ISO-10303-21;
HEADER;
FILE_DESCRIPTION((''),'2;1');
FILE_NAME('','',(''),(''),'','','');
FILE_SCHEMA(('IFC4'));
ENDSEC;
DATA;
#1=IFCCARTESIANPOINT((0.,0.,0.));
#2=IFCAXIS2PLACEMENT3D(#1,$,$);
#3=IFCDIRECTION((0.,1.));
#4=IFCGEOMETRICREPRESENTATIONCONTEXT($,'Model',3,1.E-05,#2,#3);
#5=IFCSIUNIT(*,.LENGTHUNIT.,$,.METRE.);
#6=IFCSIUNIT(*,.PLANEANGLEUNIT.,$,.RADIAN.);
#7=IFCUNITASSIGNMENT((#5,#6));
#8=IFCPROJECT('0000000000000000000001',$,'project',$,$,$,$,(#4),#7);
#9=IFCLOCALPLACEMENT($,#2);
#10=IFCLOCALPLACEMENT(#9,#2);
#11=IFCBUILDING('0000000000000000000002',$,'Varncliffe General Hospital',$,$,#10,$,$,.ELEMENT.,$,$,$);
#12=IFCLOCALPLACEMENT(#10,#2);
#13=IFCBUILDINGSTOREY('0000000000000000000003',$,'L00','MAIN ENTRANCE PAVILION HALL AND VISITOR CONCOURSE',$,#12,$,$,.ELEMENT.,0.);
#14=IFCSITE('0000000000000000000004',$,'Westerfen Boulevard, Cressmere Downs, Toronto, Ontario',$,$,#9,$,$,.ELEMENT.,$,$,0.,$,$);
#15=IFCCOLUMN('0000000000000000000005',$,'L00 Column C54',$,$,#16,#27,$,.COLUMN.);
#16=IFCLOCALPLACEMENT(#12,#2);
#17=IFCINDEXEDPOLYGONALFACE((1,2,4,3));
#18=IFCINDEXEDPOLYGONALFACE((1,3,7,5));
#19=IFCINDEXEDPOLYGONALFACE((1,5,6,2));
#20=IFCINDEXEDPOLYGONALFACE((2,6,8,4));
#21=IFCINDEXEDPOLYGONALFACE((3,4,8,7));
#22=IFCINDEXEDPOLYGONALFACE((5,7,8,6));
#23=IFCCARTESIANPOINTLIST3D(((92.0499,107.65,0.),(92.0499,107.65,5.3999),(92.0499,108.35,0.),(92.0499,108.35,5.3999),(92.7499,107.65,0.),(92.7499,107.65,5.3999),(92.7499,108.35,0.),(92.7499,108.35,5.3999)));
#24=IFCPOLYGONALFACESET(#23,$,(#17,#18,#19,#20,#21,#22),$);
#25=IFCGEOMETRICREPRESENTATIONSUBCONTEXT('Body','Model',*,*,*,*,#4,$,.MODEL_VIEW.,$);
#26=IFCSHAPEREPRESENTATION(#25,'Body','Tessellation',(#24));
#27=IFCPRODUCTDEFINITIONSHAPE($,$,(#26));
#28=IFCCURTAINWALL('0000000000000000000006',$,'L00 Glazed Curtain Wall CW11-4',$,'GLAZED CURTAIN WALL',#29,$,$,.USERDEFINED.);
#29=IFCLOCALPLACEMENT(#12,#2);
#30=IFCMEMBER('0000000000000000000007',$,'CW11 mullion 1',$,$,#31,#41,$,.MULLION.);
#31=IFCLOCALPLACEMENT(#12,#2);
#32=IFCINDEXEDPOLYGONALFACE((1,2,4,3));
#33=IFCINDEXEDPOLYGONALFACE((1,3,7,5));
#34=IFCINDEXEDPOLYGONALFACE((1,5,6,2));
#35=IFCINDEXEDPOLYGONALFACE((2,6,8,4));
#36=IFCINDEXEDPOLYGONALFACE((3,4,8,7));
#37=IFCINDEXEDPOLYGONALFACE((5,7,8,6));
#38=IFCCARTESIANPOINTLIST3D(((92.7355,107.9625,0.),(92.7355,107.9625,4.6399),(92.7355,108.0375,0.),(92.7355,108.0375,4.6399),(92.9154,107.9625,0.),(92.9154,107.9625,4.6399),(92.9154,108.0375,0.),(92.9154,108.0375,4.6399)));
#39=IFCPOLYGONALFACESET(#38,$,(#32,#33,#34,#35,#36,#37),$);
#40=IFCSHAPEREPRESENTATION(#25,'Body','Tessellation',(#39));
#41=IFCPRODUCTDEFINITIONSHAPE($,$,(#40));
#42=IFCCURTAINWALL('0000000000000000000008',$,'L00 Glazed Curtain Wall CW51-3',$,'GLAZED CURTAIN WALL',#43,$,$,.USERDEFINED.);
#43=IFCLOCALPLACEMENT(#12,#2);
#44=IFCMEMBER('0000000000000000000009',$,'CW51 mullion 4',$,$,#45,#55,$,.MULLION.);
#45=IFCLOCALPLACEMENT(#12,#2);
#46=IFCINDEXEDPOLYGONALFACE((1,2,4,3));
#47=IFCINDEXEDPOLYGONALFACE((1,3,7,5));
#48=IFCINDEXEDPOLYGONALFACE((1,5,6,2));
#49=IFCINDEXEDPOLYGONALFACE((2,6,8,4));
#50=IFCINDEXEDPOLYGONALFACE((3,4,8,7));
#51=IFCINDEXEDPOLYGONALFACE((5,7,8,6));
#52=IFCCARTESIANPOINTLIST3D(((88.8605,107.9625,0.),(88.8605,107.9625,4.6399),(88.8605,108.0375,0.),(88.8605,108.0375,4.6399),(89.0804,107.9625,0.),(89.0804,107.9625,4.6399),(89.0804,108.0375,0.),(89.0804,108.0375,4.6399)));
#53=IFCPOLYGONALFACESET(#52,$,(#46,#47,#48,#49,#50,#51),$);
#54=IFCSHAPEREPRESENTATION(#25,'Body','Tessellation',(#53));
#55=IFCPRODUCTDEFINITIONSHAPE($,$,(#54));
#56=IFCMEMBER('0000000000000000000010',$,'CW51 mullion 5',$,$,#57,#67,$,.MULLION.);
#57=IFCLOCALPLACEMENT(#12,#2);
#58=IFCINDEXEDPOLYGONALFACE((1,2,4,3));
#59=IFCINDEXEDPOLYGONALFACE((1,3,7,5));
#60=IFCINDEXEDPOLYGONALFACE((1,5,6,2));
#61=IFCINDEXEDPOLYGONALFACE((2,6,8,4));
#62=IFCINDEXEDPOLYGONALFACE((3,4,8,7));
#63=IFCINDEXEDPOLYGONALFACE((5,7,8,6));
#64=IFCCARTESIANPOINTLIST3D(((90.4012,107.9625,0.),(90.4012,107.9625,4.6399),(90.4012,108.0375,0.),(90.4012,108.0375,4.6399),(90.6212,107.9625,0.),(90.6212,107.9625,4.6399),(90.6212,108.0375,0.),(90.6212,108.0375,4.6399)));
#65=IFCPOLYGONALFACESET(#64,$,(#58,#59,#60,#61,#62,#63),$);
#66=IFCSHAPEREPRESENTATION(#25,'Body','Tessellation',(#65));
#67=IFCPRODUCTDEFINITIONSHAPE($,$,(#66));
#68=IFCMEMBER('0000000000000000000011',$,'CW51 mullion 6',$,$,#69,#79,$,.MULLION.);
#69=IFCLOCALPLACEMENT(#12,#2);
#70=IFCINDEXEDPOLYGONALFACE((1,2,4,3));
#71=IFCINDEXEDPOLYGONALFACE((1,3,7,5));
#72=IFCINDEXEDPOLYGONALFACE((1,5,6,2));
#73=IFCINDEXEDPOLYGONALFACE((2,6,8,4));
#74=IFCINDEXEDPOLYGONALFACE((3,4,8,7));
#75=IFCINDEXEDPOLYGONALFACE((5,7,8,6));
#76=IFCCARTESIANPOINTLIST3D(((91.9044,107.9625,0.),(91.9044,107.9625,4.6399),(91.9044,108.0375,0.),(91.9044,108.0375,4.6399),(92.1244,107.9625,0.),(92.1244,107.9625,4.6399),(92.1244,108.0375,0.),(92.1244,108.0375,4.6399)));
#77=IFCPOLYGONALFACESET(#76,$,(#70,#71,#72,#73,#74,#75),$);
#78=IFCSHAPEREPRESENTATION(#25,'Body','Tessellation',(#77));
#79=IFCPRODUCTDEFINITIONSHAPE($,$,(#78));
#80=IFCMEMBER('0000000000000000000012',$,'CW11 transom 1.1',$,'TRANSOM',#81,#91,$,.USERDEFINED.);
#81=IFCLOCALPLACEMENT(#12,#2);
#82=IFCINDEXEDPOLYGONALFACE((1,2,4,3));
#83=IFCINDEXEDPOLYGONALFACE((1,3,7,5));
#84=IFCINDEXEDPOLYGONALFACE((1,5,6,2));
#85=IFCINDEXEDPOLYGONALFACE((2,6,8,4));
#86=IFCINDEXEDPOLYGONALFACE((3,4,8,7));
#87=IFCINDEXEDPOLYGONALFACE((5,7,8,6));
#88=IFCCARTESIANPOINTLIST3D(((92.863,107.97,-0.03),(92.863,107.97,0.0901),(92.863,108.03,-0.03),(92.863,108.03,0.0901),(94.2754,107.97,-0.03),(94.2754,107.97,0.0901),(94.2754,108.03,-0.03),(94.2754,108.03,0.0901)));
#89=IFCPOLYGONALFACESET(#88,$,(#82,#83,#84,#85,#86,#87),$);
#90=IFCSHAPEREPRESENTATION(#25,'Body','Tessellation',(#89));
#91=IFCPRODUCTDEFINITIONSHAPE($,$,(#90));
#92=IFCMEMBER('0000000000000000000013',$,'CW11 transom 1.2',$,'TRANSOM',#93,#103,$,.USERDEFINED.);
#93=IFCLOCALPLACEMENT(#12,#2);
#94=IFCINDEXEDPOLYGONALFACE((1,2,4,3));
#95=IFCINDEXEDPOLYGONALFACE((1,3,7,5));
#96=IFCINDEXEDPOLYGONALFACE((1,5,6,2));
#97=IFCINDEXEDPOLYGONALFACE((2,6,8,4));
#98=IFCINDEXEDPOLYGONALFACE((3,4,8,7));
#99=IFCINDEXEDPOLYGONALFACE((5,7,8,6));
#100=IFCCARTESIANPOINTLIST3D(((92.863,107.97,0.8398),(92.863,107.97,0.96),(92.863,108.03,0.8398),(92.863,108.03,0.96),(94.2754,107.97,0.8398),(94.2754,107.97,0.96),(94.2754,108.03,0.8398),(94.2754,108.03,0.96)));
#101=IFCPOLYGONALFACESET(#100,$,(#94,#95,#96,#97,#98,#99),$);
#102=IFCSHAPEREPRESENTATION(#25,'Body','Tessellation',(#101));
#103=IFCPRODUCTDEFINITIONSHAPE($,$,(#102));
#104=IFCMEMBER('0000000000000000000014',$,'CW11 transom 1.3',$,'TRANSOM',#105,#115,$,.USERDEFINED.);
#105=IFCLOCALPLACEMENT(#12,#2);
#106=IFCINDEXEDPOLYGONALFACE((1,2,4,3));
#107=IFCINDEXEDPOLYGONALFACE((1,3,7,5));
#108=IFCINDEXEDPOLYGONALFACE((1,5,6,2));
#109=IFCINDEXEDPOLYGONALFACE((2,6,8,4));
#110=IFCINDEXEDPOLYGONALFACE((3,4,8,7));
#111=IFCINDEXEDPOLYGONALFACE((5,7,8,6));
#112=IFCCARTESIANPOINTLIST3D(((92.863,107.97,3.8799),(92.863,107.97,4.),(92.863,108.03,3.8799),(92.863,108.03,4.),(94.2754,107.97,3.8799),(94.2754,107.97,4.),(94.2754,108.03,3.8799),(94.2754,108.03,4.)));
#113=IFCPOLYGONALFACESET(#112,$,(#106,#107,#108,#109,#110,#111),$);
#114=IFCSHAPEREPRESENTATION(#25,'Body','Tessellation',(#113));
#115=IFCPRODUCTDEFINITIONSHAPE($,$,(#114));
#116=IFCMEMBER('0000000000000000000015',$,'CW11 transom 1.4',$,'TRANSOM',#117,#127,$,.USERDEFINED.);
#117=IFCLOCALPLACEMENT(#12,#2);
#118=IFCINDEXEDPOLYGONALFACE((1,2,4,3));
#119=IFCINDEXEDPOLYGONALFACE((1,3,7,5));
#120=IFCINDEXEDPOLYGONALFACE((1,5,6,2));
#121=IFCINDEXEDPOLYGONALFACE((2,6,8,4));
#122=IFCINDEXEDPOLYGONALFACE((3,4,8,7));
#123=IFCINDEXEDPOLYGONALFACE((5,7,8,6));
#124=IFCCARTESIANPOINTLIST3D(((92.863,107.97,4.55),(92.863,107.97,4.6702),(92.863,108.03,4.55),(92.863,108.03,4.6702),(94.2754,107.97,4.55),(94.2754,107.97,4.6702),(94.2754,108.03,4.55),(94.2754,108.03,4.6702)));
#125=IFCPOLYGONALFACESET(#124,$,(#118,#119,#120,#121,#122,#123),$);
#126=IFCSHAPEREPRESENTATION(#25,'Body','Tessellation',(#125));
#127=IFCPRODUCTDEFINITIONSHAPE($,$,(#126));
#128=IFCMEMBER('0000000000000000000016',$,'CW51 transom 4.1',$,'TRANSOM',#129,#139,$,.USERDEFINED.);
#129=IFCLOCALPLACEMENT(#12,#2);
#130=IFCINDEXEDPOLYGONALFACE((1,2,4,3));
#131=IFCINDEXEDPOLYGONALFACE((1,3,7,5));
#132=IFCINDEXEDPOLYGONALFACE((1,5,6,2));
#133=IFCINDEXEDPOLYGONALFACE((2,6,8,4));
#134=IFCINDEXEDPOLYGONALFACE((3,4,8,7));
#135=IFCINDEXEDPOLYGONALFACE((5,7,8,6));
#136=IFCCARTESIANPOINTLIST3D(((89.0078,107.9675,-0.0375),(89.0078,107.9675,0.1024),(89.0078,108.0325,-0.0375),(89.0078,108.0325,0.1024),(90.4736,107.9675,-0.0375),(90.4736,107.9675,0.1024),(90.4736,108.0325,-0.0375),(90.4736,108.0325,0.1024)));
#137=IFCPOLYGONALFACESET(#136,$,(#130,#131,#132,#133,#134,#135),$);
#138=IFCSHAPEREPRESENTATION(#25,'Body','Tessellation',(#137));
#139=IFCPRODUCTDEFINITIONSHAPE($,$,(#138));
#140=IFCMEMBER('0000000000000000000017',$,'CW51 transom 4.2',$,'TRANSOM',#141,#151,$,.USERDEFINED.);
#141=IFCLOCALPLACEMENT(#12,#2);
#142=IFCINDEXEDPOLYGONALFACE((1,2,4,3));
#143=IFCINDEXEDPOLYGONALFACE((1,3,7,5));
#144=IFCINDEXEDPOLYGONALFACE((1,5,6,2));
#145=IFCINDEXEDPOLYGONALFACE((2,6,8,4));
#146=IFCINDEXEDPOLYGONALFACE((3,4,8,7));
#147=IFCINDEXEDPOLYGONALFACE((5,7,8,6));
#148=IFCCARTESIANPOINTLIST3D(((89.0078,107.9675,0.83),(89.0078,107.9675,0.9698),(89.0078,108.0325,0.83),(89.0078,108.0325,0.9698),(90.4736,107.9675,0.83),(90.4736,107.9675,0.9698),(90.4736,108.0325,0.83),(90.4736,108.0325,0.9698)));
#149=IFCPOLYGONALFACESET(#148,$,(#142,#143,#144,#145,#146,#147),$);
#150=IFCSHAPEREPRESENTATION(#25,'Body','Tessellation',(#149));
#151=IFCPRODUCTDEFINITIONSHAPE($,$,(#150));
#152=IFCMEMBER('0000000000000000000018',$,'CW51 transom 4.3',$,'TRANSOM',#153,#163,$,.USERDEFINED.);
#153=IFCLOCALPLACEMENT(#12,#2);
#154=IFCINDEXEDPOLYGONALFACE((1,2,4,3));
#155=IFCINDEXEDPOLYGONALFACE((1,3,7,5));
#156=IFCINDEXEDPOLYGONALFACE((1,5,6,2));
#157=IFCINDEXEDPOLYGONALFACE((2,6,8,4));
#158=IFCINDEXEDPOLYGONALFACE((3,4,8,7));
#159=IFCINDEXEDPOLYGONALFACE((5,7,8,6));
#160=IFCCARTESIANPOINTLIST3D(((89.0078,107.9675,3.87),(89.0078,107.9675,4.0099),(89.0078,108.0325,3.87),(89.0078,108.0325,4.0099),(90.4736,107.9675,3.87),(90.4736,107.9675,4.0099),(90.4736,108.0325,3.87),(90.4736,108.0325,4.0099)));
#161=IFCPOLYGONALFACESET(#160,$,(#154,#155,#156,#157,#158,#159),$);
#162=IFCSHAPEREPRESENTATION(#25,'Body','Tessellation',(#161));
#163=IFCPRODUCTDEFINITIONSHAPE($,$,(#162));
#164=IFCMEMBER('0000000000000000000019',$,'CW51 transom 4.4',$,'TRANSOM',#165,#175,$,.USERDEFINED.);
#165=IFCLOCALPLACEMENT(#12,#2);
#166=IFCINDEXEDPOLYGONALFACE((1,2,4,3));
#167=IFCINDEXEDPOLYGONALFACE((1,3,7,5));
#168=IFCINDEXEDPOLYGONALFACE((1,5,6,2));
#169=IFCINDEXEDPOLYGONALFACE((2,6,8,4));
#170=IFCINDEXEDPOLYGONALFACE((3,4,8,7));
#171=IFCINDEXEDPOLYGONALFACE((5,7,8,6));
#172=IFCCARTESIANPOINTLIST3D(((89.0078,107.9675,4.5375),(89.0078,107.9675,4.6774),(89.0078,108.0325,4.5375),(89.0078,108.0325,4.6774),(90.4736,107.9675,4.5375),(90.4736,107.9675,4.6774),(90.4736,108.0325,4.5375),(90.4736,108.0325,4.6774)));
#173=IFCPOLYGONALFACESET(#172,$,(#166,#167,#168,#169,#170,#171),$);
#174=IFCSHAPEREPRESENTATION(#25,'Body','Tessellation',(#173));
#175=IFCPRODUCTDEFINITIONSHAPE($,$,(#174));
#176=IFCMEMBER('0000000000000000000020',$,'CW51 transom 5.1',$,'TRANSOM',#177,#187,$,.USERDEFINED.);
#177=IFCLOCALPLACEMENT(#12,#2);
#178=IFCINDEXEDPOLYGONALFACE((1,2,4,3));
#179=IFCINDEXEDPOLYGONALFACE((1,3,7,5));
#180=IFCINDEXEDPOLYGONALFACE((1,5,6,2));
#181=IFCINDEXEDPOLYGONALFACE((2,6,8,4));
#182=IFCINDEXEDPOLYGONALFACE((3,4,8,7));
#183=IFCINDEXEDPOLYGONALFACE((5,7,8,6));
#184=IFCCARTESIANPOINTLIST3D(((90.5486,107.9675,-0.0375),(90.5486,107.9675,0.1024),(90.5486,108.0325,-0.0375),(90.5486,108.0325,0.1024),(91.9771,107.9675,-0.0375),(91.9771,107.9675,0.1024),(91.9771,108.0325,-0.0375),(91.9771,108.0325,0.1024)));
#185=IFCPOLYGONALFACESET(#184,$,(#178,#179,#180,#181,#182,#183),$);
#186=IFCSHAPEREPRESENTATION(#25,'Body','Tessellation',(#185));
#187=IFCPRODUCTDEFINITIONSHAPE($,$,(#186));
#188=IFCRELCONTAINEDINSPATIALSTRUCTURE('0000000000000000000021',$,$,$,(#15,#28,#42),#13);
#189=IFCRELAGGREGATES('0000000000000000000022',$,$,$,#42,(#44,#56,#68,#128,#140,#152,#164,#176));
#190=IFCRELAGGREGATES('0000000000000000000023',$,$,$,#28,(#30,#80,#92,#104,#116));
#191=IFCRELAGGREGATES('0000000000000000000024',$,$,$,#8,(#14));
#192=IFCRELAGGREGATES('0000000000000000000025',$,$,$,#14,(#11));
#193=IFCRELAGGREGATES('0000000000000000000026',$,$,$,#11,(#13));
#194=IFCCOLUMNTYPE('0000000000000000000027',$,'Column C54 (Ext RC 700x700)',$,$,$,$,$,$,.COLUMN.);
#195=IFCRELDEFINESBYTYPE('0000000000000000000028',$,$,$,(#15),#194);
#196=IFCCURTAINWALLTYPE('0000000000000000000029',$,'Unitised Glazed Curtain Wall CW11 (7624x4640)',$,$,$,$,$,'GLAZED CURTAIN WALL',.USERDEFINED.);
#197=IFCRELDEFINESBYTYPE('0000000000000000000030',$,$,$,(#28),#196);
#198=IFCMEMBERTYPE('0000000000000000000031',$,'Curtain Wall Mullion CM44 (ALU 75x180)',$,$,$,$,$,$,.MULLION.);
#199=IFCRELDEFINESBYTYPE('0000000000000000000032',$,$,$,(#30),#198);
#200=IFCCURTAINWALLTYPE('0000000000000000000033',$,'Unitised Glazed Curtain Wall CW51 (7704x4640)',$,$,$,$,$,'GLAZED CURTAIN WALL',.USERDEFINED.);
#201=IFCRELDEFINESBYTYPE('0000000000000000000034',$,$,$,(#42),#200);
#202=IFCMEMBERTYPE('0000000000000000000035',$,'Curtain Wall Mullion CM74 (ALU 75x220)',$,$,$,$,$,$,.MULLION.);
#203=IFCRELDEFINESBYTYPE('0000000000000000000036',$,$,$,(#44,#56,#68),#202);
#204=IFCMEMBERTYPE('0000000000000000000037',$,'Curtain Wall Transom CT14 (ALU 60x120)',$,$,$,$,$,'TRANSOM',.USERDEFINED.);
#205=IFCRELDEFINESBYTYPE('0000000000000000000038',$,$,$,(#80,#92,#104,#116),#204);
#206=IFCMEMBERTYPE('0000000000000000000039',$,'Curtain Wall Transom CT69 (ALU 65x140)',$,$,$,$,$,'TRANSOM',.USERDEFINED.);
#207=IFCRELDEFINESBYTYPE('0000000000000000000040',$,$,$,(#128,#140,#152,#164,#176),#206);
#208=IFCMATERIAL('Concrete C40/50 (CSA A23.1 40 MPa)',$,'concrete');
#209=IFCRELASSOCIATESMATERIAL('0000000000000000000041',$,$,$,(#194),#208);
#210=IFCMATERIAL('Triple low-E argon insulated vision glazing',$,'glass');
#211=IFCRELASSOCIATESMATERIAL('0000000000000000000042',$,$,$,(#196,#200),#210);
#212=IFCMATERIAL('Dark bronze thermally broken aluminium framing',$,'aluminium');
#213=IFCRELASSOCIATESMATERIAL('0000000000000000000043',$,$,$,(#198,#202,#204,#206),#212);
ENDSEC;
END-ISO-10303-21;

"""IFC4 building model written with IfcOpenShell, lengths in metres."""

from ifc_helpers import new_model, si_unit, direction, frame, origin, origin_2d, place, context, subcontext, project, spatial, rectangle, extrude, material, material_profile, profile_set, type_object, element, aggregate, save


model = new_model("IFC4")

# Units and contexts
model_context = context("Model", 3, precision=1e-05, world=origin(), true_north=direction((0.0, 1.0)))
body_context = subcontext(model_context, "Body", "Model", "MODEL_VIEW")
ifc_project = project(units=[si_unit("LENGTHUNIT", "METRE"), si_unit("PLANEANGLEUNIT", "RADIAN")], contexts=[model_context])

# Site, building, storey
site_placement = place(None, origin())
site = spatial("IfcSite", under=ifc_project, at=site_placement, Name="Westerfen Boulevard, Cressmere Downs, Toronto, Ontario", CompositionType="ELEMENT", RefElevation=0.0)
building_placement = place(site_placement, origin())
building = spatial("IfcBuilding", under=site, at=building_placement, Name="Varncliffe General Hospital", CompositionType="ELEMENT")
storey_placement = place(building_placement, origin())
storey = spatial("IfcBuildingStorey", under=building, at=storey_placement, Name="L00", Description="MAIN ENTRANCE PAVILION HALL AND VISITOR CONCOURSE", CompositionType="ELEMENT", Elevation=0.0)

# Column
ifc_material_1 = material(Name="Concrete C40/50 (CSA A23.1 40 MPa)", Category="concrete")
ifc_material_profile_1 = material_profile(ifc_material_1, rectangle(XDim=0.7, YDim=0.7, at=origin_2d()), Name="RC 700x700")
ifc_profile_set_1 = profile_set([ifc_material_profile_1], Name="Concrete C40/50 (CSA A23.1 40 MPa)")
column_type = type_object("IfcColumnType", Name="Column C54 (Ext RC 700x700)", PredefinedType="COLUMN", material=ifc_profile_set_1)
column_placement = place(storey_placement, frame((92.3999, 108.0, 0.0), z_axis=(0.0, 0.0, 1.0), x_axis=(1.0, 0.0, 0.0)))
element("IfcColumn", 1, at=column_placement, inside=storey, type_object=column_type, Name="L00 Column C54", PredefinedType="COLUMN", context=body_context, shape_type="SweptSolid", body=[
    extrude(rectangle(XDim=0.7, YDim=0.7, at=origin_2d()), origin(), (0.0, 0.0, 1.0), 5.3999),
])

# Curtain wall, member
ifc_material_2 = material(Name="Triple low-E argon insulated vision glazing", Category="glass")
curtain_wall_type_1 = type_object("IfcCurtainWallType", Name="Unitised Glazed Curtain Wall CW11 (7624x4640)", ElementType="GLAZED CURTAIN WALL", PredefinedType="USERDEFINED", material=ifc_material_2)
curtain_wall_1_placement = place(storey_placement, origin())
curtain_wall_1 = element("IfcCurtainWall", 2, at=curtain_wall_1_placement, inside=storey, type_object=curtain_wall_type_1, Name="L00 Glazed Curtain Wall CW11-4", ObjectType="GLAZED CURTAIN WALL", PredefinedType="USERDEFINED")
ifc_material_3 = material(Name="Dark bronze thermally broken aluminium framing", Category="aluminium")
ifc_material_profile_2 = material_profile(ifc_material_3, rectangle(XDim=0.075, YDim=0.1799, at=origin_2d()), Name="ALU 75x180")
ifc_profile_set_2 = profile_set([ifc_material_profile_2], Name="Dark bronze thermally broken aluminium framing")
member_type_1 = type_object("IfcMemberType", Name="Curtain Wall Mullion CM44 (ALU 75x180)", PredefinedType="MULLION", material=ifc_profile_set_2)
member_1_placement = place(storey_placement, frame((92.8254, 108.0, 0.0), z_axis=(0.0, 0.0, 1.0), x_axis=(0.0, 1.0, 0.0)))
member_1 = element("IfcMember", 3, at=member_1_placement, type_object=member_type_1, Name="CW11 mullion 1", PredefinedType="MULLION", context=body_context, shape_type="SweptSolid", body=[
    extrude(rectangle(XDim=0.075, YDim=0.1799, at=origin_2d()), origin(), (0.0, 0.0, 1.0), 4.6399),
])

# Curtain wall, members
curtain_wall_type_2 = type_object("IfcCurtainWallType", Name="Unitised Glazed Curtain Wall CW51 (7704x4640)", ElementType="GLAZED CURTAIN WALL", PredefinedType="USERDEFINED", material=ifc_material_2)
curtain_wall_2_placement = place(storey_placement, origin())
curtain_wall_2 = element("IfcCurtainWall", 4, at=curtain_wall_2_placement, inside=storey, type_object=curtain_wall_type_2, Name="L00 Glazed Curtain Wall CW51-3", ObjectType="GLAZED CURTAIN WALL", PredefinedType="USERDEFINED")
ifc_material_profile_3 = material_profile(ifc_material_3, rectangle(XDim=0.075, YDim=0.22, at=origin_2d()), Name="ALU 75x220")
ifc_profile_set_3 = profile_set([ifc_material_profile_3], Name="Dark bronze thermally broken aluminium framing")
member_type_2 = type_object("IfcMemberType", Name="Curtain Wall Mullion CM74 (ALU 75x220)", PredefinedType="MULLION", material=ifc_profile_set_3)
member_2_placement = place(storey_placement, frame((88.9705, 108.0, 0.0), z_axis=(0.0, 0.0, 1.0), x_axis=(0.0, 1.0, 0.0)))
member_2 = element("IfcMember", 5, at=member_2_placement, type_object=member_type_2, Name="CW51 mullion 4", PredefinedType="MULLION", context=body_context, shape_type="SweptSolid", body=[
    extrude(rectangle(XDim=0.075, YDim=0.22, at=origin_2d()), origin(), (0.0, 0.0, 1.0), 4.6399),
])
member_3_placement = place(storey_placement, frame((90.5112, 108.0, 0.0), z_axis=(0.0, 0.0, 1.0), x_axis=(0.0, 1.0, 0.0)))
member_3 = element("IfcMember", 6, at=member_3_placement, type_object=member_type_2, Name="CW51 mullion 5", PredefinedType="MULLION", context=body_context, shape_type="SweptSolid", body=[
    extrude(rectangle(XDim=0.075, YDim=0.22, at=origin_2d()), origin(), (0.0, 0.0, 1.0), 4.6399),
])
member_4_placement = place(storey_placement, frame((92.0144, 108.0, 0.0), z_axis=(0.0, 0.0, 1.0), x_axis=(0.0, 1.0, 0.0)))
member_4 = element("IfcMember", 7, at=member_4_placement, type_object=member_type_2, Name="CW51 mullion 6", PredefinedType="MULLION", context=body_context, shape_type="SweptSolid", body=[
    extrude(rectangle(XDim=0.075, YDim=0.22, at=origin_2d()), origin(), (0.0, 0.0, 1.0), 4.6399),
])

# Members
ifc_material_profile_4 = material_profile(ifc_material_3, rectangle(XDim=0.0601, YDim=0.1201, at=origin_2d()), Name="ALU 60x120")
ifc_profile_set_4 = profile_set([ifc_material_profile_4], Name="Dark bronze thermally broken aluminium framing")
member_type_3 = type_object("IfcMemberType", Name="Curtain Wall Transom CT14 (ALU 60x120)", ElementType="TRANSOM", PredefinedType="USERDEFINED", material=ifc_profile_set_4)
member_5_placement = place(storey_placement, frame((92.863, 108.0, 0.03), z_axis=(1.0, 0.0, 0.0), x_axis=(0.0, 1.0, 0.0)))
member_5 = element("IfcMember", 8, at=member_5_placement, type_object=member_type_3, Name="CW11 transom 1.1", ObjectType="TRANSOM", PredefinedType="USERDEFINED", context=body_context, shape_type="SweptSolid", body=[
    extrude(rectangle(XDim=0.0601, YDim=0.1201, at=origin_2d()), origin(), (0.0, 0.0, 1.0), 1.4124),
])
member_6_placement = place(storey_placement, frame((92.863, 108.0, 0.8999), z_axis=(1.0, 0.0, 0.0), x_axis=(0.0, 1.0, 0.0)))
member_6 = element("IfcMember", 9, at=member_6_placement, type_object=member_type_3, Name="CW11 transom 1.2", ObjectType="TRANSOM", PredefinedType="USERDEFINED", context=body_context, shape_type="SweptSolid", body=[
    extrude(rectangle(XDim=0.0601, YDim=0.1201, at=origin_2d()), origin(), (0.0, 0.0, 1.0), 1.4124),
])
member_7_placement = place(storey_placement, frame((92.863, 108.0, 3.9399), z_axis=(1.0, 0.0, 0.0), x_axis=(0.0, 1.0, 0.0)))
member_7 = element("IfcMember", 10, at=member_7_placement, type_object=member_type_3, Name="CW11 transom 1.3", ObjectType="TRANSOM", PredefinedType="USERDEFINED", context=body_context, shape_type="SweptSolid", body=[
    extrude(rectangle(XDim=0.0601, YDim=0.1201, at=origin_2d()), origin(), (0.0, 0.0, 1.0), 1.4124),
])
member_8_placement = place(storey_placement, frame((92.863, 108.0, 4.6101), z_axis=(1.0, 0.0, 0.0), x_axis=(0.0, 1.0, 0.0)))
member_8 = element("IfcMember", 11, at=member_8_placement, type_object=member_type_3, Name="CW11 transom 1.4", ObjectType="TRANSOM", PredefinedType="USERDEFINED", context=body_context, shape_type="SweptSolid", body=[
    extrude(rectangle(XDim=0.0601, YDim=0.1201, at=origin_2d()), origin(), (0.0, 0.0, 1.0), 1.4124),
])
ifc_material_profile_5 = material_profile(ifc_material_3, rectangle(XDim=0.0649, YDim=0.1399, at=origin_2d()), Name="ALU 65x140")
ifc_profile_set_5 = profile_set([ifc_material_profile_5], Name="Dark bronze thermally broken aluminium framing")
member_type_4 = type_object("IfcMemberType", Name="Curtain Wall Transom CT69 (ALU 65x140)", ElementType="TRANSOM", PredefinedType="USERDEFINED", material=ifc_profile_set_5)
member_9_placement = place(storey_placement, frame((89.0078, 108.0, 0.0325), z_axis=(1.0, 0.0, 0.0), x_axis=(0.0, 1.0, 0.0)))
member_9 = element("IfcMember", 12, at=member_9_placement, type_object=member_type_4, Name="CW51 transom 4.1", ObjectType="TRANSOM", PredefinedType="USERDEFINED", context=body_context, shape_type="SweptSolid", body=[
    extrude(rectangle(XDim=0.0649, YDim=0.1399, at=origin_2d()), origin(), (0.0, 0.0, 1.0), 1.4658),
])
member_10_placement = place(storey_placement, frame((89.0078, 108.0, 0.8999), z_axis=(1.0, 0.0, 0.0), x_axis=(0.0, 1.0, 0.0)))
member_10 = element("IfcMember", 13, at=member_10_placement, type_object=member_type_4, Name="CW51 transom 4.2", ObjectType="TRANSOM", PredefinedType="USERDEFINED", context=body_context, shape_type="SweptSolid", body=[
    extrude(rectangle(XDim=0.0649, YDim=0.1399, at=origin_2d()), origin(), (0.0, 0.0, 1.0), 1.4658),
])
member_11_placement = place(storey_placement, frame((89.0078, 108.0, 3.9399), z_axis=(1.0, 0.0, 0.0), x_axis=(0.0, 1.0, 0.0)))
member_11 = element("IfcMember", 14, at=member_11_placement, type_object=member_type_4, Name="CW51 transom 4.3", ObjectType="TRANSOM", PredefinedType="USERDEFINED", context=body_context, shape_type="SweptSolid", body=[
    extrude(rectangle(XDim=0.0649, YDim=0.1399, at=origin_2d()), origin(), (0.0, 0.0, 1.0), 1.4658),
])
member_12_placement = place(storey_placement, frame((89.0078, 108.0, 4.6074), z_axis=(1.0, 0.0, 0.0), x_axis=(0.0, 1.0, 0.0)))
member_12 = element("IfcMember", 15, at=member_12_placement, type_object=member_type_4, Name="CW51 transom 4.4", ObjectType="TRANSOM", PredefinedType="USERDEFINED", context=body_context, shape_type="SweptSolid", body=[
    extrude(rectangle(XDim=0.0649, YDim=0.1399, at=origin_2d()), origin(), (0.0, 0.0, 1.0), 1.4658),
])
member_13_placement = place(storey_placement, frame((90.5486, 108.0, 0.0325), z_axis=(1.0, 0.0, 0.0), x_axis=(0.0, 1.0, 0.0)))
member_13 = element("IfcMember", 16, at=member_13_placement, type_object=member_type_4, Name="CW51 transom 5.1", ObjectType="TRANSOM", PredefinedType="USERDEFINED", context=body_context, shape_type="SweptSolid", body=[
    extrude(rectangle(XDim=0.0649, YDim=0.1399, at=origin_2d()), origin(), (0.0, 0.0, 1.0), 1.4285),
])

aggregate(curtain_wall_2, [member_2, member_3, member_4, member_9, member_10, member_11, member_12, member_13])
aggregate(curtain_wall_1, [member_1, member_5, member_6, member_7, member_8])

save(model, "model.ifc")
